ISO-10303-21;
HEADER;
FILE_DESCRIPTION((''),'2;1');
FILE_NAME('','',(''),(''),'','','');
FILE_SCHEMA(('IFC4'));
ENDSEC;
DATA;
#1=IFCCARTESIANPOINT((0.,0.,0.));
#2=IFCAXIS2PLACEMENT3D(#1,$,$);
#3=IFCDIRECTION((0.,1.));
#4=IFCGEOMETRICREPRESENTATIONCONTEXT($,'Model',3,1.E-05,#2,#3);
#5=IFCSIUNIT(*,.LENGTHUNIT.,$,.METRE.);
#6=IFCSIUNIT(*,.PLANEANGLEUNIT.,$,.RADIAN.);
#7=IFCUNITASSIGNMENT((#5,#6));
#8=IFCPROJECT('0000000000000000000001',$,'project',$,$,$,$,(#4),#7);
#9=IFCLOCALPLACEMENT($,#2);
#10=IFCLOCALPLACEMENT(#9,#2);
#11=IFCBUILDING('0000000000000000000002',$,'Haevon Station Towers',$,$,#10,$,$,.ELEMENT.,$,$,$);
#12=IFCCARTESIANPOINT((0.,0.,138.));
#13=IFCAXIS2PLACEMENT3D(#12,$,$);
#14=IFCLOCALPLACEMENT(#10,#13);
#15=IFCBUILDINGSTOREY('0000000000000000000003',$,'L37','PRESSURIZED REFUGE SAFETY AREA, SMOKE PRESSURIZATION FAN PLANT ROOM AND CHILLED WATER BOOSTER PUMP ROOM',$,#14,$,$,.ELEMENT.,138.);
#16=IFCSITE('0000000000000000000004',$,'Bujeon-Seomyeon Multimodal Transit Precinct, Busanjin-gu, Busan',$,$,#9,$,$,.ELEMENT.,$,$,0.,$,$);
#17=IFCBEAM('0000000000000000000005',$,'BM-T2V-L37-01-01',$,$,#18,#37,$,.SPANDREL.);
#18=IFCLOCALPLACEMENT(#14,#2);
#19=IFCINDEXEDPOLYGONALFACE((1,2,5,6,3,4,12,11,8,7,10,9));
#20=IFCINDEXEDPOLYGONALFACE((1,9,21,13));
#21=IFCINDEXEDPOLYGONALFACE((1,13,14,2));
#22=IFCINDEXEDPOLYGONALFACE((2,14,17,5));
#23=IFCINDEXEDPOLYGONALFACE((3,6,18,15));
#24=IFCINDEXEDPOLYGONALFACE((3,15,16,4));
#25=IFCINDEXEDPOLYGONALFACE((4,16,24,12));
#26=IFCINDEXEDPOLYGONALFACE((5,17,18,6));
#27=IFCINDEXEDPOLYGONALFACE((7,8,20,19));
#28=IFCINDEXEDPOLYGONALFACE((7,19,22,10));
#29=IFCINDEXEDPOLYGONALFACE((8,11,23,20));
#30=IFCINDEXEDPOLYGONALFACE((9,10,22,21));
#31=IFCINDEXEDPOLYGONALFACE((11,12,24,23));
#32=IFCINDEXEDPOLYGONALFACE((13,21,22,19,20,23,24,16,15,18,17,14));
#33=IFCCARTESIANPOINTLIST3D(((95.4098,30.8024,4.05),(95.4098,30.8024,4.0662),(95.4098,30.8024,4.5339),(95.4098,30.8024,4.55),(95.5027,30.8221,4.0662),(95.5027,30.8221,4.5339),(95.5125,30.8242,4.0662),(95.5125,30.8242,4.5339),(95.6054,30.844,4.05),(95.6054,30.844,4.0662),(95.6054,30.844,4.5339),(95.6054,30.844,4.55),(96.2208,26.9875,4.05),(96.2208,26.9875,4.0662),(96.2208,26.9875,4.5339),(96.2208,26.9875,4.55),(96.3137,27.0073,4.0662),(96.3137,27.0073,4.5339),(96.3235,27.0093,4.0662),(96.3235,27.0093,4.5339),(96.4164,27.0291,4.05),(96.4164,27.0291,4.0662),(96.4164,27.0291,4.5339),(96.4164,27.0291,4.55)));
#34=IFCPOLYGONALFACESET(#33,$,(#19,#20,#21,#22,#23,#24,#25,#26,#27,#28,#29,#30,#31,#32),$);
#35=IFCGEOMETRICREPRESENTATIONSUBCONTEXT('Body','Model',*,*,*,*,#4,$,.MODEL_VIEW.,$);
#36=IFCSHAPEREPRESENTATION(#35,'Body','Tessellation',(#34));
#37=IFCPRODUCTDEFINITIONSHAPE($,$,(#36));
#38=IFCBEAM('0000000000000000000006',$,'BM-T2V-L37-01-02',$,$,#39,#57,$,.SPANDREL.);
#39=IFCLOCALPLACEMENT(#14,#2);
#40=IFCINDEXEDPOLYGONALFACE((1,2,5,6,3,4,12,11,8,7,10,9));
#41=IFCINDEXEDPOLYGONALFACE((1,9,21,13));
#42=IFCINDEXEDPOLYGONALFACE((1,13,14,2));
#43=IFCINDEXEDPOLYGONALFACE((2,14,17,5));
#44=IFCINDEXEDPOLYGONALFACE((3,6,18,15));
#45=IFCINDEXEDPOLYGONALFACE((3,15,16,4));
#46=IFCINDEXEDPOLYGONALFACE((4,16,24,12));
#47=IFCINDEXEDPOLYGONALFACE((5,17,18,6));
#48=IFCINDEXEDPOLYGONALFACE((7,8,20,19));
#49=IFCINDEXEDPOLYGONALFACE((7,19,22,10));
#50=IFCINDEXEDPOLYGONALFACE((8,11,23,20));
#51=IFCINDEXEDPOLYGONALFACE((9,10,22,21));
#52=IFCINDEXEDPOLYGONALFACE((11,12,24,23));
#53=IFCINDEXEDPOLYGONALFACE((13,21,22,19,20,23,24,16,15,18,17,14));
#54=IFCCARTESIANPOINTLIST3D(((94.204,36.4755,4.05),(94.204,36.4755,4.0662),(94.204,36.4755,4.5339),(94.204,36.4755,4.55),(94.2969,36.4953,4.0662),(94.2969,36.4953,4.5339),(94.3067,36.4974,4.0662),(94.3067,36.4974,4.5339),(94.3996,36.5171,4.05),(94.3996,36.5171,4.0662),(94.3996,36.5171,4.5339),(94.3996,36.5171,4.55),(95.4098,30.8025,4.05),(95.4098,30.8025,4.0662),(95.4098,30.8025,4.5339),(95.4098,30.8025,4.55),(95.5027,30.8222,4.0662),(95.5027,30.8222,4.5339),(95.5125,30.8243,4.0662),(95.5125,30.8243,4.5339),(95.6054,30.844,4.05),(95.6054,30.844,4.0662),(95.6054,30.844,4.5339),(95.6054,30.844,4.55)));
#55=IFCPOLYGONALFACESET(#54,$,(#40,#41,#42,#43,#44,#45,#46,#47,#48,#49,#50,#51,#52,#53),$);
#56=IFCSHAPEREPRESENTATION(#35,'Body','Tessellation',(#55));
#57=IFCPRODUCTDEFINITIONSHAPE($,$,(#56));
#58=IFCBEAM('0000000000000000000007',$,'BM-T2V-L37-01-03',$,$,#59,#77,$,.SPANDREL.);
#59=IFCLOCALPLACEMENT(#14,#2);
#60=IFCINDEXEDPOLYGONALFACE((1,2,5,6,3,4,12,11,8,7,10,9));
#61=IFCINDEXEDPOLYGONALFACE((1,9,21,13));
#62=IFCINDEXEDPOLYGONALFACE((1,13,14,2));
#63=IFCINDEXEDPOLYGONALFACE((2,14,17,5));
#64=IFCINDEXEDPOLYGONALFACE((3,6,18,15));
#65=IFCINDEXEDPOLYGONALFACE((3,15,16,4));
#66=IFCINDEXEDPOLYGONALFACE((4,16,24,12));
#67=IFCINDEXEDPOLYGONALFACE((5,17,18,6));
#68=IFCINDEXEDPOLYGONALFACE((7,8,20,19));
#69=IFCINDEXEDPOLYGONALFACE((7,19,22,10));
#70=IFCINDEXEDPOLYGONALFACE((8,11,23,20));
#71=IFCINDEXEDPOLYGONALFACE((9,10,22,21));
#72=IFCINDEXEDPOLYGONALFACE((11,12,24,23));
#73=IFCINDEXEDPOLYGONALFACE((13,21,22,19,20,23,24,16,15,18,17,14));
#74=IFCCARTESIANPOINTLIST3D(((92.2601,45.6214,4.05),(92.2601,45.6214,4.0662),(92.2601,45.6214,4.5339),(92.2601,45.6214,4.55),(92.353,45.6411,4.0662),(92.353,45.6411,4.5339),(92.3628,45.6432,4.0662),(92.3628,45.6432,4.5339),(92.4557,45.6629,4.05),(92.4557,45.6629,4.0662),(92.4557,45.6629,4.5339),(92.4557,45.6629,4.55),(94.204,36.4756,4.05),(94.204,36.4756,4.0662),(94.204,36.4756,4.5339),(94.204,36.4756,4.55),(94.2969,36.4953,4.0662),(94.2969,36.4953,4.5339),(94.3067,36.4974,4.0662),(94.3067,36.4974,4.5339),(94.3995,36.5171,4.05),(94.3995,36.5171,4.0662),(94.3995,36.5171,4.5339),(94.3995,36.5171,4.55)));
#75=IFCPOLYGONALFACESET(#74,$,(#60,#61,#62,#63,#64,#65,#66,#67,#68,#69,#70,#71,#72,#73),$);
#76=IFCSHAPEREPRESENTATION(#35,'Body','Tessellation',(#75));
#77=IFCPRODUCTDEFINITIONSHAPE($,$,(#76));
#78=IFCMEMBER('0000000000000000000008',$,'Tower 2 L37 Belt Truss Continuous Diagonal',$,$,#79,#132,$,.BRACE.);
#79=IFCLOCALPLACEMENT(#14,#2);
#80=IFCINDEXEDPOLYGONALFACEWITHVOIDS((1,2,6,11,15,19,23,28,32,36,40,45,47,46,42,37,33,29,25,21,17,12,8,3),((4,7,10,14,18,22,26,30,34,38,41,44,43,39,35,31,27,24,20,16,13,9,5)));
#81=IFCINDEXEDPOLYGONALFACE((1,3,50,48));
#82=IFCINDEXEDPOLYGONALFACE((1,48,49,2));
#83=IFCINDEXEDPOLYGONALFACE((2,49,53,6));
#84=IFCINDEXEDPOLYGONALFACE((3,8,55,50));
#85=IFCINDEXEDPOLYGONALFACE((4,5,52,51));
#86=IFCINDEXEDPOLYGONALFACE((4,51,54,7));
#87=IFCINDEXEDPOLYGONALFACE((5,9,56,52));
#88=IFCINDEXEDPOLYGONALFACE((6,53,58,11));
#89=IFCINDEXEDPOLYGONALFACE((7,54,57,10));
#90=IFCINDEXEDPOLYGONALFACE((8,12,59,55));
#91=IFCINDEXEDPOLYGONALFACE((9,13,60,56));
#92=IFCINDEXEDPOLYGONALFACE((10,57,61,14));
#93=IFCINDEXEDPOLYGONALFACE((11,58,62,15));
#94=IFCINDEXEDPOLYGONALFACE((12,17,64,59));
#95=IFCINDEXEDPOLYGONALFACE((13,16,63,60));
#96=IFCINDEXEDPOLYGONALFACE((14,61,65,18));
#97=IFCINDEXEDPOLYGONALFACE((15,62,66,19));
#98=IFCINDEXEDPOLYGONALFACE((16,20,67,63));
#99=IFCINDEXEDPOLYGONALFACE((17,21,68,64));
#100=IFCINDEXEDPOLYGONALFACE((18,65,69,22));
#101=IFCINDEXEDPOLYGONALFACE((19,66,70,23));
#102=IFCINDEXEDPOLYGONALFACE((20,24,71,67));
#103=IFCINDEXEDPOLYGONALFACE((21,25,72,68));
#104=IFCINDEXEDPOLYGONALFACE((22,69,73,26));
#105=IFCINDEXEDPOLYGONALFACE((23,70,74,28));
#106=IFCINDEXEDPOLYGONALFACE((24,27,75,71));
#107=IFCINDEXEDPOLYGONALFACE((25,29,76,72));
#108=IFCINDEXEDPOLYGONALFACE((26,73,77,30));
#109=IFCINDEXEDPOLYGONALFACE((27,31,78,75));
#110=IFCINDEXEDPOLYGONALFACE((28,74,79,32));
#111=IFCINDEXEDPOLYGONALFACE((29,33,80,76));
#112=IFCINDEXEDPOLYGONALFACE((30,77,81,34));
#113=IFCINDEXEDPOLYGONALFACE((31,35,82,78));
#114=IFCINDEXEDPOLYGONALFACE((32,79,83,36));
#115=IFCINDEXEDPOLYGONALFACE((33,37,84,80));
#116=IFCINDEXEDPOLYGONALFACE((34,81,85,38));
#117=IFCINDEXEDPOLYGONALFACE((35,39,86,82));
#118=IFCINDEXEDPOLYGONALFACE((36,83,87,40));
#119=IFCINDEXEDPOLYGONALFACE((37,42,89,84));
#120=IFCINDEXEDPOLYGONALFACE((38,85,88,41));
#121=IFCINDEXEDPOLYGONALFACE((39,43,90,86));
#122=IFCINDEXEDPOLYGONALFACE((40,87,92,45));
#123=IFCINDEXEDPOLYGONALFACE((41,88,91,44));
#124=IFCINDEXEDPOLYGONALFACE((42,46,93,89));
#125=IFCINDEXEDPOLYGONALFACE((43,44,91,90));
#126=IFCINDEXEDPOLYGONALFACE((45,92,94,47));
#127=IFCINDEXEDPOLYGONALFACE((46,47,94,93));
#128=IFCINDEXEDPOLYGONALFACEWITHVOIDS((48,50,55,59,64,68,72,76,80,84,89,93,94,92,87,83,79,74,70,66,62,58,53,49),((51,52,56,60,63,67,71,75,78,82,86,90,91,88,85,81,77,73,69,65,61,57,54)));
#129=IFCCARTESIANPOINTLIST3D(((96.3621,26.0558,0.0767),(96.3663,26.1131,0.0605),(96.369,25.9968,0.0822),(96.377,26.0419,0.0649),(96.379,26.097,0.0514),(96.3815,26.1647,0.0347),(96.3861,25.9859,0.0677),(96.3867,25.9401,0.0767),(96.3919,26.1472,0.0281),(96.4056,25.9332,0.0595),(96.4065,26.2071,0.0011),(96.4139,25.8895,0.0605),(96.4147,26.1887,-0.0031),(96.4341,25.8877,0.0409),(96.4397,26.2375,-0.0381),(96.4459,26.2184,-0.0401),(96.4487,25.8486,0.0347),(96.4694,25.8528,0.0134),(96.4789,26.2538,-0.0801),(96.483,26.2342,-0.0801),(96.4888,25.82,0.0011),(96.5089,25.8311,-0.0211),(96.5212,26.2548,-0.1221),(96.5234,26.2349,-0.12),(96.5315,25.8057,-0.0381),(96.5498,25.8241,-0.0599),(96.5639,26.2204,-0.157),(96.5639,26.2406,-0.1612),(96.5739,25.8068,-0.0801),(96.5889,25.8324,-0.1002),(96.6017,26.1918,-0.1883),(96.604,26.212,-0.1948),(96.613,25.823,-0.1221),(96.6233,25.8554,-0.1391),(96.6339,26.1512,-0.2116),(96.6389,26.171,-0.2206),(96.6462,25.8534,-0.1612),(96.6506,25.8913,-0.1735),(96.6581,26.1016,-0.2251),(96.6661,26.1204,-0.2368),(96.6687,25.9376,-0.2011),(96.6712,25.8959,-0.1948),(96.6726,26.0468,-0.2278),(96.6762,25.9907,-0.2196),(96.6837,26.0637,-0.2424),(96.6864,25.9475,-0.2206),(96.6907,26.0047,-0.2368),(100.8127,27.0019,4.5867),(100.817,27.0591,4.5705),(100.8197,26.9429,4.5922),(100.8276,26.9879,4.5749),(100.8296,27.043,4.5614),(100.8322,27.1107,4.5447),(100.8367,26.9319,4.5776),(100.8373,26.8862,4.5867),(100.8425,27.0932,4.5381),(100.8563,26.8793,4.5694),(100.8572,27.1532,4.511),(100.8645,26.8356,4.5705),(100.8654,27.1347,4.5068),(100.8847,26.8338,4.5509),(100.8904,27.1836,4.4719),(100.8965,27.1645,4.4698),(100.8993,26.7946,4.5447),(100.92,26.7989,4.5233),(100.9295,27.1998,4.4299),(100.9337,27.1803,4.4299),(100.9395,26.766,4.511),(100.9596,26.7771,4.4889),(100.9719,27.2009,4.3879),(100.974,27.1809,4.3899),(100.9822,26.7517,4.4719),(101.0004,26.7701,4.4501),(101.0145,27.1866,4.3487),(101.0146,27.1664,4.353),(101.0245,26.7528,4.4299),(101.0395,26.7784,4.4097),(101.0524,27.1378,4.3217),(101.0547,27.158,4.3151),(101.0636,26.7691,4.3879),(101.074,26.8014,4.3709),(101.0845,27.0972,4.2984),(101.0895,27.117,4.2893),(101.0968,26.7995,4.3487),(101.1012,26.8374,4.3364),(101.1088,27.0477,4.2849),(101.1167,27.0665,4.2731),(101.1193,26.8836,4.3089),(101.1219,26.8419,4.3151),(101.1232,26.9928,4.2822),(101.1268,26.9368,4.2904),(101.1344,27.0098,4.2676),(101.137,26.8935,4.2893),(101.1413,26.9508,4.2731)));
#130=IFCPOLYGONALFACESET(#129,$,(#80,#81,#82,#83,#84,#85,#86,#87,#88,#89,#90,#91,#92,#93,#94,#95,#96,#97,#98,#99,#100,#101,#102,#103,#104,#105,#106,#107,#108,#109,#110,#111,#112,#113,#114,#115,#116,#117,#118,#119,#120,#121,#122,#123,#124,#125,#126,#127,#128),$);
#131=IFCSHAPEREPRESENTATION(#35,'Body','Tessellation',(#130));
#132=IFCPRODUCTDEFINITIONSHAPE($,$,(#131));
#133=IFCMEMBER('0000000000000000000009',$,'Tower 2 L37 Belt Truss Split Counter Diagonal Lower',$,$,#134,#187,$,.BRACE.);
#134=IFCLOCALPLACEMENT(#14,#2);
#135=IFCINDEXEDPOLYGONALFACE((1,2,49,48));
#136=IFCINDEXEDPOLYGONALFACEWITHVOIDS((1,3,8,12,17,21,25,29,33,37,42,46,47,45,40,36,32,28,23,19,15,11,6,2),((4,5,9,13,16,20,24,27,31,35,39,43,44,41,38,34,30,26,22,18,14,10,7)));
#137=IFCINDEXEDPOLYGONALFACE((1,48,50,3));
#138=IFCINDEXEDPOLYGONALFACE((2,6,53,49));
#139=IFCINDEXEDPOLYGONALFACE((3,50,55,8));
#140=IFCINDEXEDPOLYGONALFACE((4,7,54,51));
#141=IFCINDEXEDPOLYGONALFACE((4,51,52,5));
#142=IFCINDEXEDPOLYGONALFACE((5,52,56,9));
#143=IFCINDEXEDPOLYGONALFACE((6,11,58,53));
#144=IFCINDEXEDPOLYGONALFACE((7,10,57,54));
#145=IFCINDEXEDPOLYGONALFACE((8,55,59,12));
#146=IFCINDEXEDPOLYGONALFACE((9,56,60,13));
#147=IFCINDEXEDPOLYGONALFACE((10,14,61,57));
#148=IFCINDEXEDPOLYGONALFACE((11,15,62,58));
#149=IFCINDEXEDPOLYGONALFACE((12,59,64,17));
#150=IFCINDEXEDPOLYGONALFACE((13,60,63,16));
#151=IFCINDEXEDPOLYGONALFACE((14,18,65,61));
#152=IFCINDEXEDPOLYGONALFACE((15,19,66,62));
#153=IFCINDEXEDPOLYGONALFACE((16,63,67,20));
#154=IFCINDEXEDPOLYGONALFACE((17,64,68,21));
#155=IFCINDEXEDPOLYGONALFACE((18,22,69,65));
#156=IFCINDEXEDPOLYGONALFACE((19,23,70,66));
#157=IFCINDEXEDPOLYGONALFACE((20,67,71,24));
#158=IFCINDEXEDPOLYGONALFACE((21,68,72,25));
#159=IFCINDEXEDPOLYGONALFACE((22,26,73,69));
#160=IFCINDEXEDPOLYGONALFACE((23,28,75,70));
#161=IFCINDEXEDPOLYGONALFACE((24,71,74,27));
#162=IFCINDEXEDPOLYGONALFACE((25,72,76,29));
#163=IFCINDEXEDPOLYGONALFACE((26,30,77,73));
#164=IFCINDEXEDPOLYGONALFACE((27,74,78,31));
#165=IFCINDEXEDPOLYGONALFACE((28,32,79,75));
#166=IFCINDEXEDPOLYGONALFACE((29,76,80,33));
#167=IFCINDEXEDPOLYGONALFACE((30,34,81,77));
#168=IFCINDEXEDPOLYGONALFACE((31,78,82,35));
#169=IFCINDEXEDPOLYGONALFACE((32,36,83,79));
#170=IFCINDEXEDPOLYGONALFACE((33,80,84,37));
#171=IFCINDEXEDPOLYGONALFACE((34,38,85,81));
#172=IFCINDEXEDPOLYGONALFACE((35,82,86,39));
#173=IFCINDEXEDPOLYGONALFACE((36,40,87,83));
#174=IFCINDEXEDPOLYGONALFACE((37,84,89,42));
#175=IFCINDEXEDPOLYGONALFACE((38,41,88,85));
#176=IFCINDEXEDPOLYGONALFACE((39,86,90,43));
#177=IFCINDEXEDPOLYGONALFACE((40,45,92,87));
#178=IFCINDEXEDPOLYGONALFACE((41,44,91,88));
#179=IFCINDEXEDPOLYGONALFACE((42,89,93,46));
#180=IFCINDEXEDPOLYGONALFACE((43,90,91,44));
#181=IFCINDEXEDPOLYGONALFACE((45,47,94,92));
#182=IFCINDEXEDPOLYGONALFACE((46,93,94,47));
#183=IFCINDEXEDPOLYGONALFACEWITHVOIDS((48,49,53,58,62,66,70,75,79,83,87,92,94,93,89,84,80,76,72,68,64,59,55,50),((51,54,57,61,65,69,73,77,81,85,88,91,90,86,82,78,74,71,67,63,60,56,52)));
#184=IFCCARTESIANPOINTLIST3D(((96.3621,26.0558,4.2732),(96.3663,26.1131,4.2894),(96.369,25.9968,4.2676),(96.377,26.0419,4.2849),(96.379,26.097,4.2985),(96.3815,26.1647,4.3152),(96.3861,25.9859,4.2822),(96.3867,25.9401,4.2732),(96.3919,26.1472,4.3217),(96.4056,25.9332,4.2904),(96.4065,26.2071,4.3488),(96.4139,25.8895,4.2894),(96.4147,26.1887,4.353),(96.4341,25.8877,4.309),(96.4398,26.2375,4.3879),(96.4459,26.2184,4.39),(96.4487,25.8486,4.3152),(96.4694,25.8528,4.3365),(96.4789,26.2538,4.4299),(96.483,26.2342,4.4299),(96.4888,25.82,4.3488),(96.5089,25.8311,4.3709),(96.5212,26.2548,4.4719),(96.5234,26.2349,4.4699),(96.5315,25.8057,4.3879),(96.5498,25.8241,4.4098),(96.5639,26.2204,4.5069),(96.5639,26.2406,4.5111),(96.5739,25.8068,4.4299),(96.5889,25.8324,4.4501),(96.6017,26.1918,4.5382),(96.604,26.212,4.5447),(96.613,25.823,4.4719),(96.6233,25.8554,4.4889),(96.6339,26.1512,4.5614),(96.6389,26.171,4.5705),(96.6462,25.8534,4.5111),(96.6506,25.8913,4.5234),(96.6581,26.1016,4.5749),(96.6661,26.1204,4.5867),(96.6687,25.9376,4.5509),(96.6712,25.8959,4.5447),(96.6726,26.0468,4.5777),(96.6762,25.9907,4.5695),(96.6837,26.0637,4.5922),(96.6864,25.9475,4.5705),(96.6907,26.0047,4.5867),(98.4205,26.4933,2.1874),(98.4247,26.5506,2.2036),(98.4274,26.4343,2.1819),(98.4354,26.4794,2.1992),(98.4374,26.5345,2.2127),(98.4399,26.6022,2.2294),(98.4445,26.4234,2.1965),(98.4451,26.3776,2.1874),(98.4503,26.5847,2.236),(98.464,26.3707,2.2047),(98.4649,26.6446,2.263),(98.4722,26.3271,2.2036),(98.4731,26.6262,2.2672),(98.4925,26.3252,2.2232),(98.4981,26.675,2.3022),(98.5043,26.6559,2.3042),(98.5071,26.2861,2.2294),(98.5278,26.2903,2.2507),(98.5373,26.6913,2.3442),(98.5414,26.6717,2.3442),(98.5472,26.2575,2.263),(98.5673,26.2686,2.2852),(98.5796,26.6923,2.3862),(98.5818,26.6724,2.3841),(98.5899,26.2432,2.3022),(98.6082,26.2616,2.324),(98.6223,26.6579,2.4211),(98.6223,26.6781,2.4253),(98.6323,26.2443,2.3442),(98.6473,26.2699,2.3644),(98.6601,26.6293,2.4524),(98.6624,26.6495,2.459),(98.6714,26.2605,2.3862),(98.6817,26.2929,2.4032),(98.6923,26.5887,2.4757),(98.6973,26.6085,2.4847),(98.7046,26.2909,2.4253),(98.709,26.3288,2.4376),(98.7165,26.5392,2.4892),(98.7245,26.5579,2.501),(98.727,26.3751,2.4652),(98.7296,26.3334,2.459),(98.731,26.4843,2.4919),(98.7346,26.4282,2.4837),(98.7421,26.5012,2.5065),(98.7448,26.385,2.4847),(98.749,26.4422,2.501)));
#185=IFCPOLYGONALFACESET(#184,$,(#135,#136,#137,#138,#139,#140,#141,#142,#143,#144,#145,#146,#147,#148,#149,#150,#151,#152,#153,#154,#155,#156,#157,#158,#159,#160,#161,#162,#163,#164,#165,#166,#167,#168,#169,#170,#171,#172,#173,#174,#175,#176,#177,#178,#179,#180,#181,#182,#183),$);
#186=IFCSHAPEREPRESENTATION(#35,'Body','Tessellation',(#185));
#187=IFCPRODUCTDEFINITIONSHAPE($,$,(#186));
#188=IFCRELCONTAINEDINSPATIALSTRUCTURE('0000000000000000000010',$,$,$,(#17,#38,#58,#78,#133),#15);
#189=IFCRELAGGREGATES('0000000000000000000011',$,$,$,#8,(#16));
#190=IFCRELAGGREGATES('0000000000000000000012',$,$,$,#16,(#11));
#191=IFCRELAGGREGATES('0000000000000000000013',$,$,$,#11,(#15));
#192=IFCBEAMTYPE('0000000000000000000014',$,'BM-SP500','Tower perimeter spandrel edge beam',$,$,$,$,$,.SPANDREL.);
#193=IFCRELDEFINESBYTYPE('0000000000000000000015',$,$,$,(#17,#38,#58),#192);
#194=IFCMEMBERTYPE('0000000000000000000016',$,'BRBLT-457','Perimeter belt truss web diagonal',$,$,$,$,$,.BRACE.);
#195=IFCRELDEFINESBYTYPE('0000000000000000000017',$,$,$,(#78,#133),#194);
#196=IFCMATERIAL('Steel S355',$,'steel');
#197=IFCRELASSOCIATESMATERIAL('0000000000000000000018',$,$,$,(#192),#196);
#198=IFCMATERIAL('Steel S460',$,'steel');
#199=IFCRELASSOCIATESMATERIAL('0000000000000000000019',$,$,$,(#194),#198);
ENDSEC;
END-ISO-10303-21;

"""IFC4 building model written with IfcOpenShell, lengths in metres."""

from ifc_helpers import new_model, si_unit, direction, frame, origin, origin_2d, place, context, subcontext, project, spatial, hollow_circle, i_section, extrude, material, material_profile, profile_set, type_object, element, save


model = new_model("IFC4")

# Units and contexts
model_context = context("Model", 3, precision=1e-05, world=origin(), true_north=direction((0.0, 1.0)))
body_context = subcontext(model_context, "Body", "Model", "MODEL_VIEW")
ifc_project = project(units=[si_unit("LENGTHUNIT", "METRE"), si_unit("PLANEANGLEUNIT", "RADIAN")], contexts=[model_context])

# Site, building, storey
site_placement = place(None, origin())
site = spatial("IfcSite", under=ifc_project, at=site_placement, Name="Bujeon-Seomyeon Multimodal Transit Precinct, Busanjin-gu, Busan", CompositionType="ELEMENT", RefElevation=0.0)
building_placement = place(site_placement, origin())
building = spatial("IfcBuilding", under=site, at=building_placement, Name="Haevon Station Towers", CompositionType="ELEMENT")
storey_placement = place(building_placement, frame((0.0, 0.0, 138.0)))
storey = spatial("IfcBuildingStorey", under=building, at=storey_placement, Name="L37", Description="PRESSURIZED REFUGE SAFETY AREA, SMOKE PRESSURIZATION FAN PLANT ROOM AND CHILLED WATER BOOSTER PUMP ROOM", CompositionType="ELEMENT", Elevation=138.0)

# Shared definitions
ifc_material_1 = material(Name="Steel S460", Category="steel")

# Beams
ifc_material_2 = material(Name="Steel S355", Category="steel")
ifc_material_profile_1 = material_profile(ifc_material_2, i_section(OverallWidth=0.2, OverallDepth=0.5, WebThickness=0.01, FlangeThickness=0.0161, at=origin_2d()), Name="H-500x200x10x16")
ifc_profile_set_1 = profile_set([ifc_material_profile_1], Name="Steel S355")
beam_type_1 = type_object("IfcBeamType", Name="BM-SP500", Description="Tower perimeter spandrel edge beam", PredefinedType="SPANDREL", material=ifc_profile_set_1)
beam_1_placement = place(storey_placement, frame((96.3186, 27.0083, 4.3), z_axis=(-0.207947, 0.97814, 0.0), x_axis=(-0.97814, -0.207947, 0.0)))
element("IfcBeam", 1, at=beam_1_placement, inside=storey, type_object=beam_type_1, Name="BM-T2V-L37-01-01", PredefinedType="SPANDREL", context=body_context, shape_type="SweptSolid", body=[
    extrude(i_section(OverallWidth=0.2, OverallDepth=0.5, WebThickness=0.01, FlangeThickness=0.0161, at=origin_2d()), origin(), (0.0, 0.0, 1.0), 3.9001),
])
beam_2_placement = place(storey_placement, frame((95.5076, 30.8232, 4.3), z_axis=(-0.207905, 0.978149, 0.0), x_axis=(-0.978149, -0.207905, 0.0)))
element("IfcBeam", 2, at=beam_2_placement, inside=storey, type_object=beam_type_1, Name="BM-T2V-L37-01-02", PredefinedType="SPANDREL", context=body_context, shape_type="SweptSolid", body=[
    extrude(i_section(OverallWidth=0.2, OverallDepth=0.5, WebThickness=0.01, FlangeThickness=0.0161, at=origin_2d()), origin(), (0.0, 0.0, 1.0), 5.7998),
])
beam_3_placement = place(storey_placement, frame((94.3018, 36.4963, 4.3), z_axis=(-0.207897, 0.978151, 0.0), x_axis=(-0.978151, -0.207897, 0.0)))
element("IfcBeam", 3, at=beam_3_placement, inside=storey, type_object=beam_type_1, Name="BM-T2V-L37-01-03", PredefinedType="SPANDREL", context=body_context, shape_type="SweptSolid", body=[
    extrude(i_section(OverallWidth=0.2, OverallDepth=0.5, WebThickness=0.01, FlangeThickness=0.0161, at=origin_2d()), origin(), (0.0, 0.0, 1.0), 9.3501),
])

# Members
ifc_material_profile_2 = material_profile(ifc_material_1, hollow_circle(Radius=0.2285, WallThickness=0.02, at=origin_2d()), Name="CHS-457x20")
ifc_profile_set_2 = profile_set([ifc_material_profile_2], Name="Steel S460")
member_type_1 = type_object("IfcMemberType", Name="BRBLT-457", Description="Perimeter belt truss web diagonal", PredefinedType="BRACE", material=ifc_profile_set_2)
member_1_placement = place(storey_placement, frame((96.5264, 26.0303, -0.0801), z_axis=(0.694709, 0.147669, 0.703969), x_axis=(-0.207917, 0.978147, 0.0)))
element("IfcMember", 4, at=member_1_placement, inside=storey, type_object=member_type_1, Name="Tower 2 L37 Belt Truss Continuous Diagonal", PredefinedType="BRACE", context=body_context, shape_type="SweptSolid", body=[
    extrude(hollow_circle(Radius=0.2285, WallThickness=0.02, at=origin_2d()), origin(), (0.0, 0.0, 1.0), 6.4065),
])
member_2_placement = place(storey_placement, frame((96.5264, 26.0303, 4.4299), z_axis=(0.694726, 0.147663, -0.703955), x_axis=(-0.207905, 0.978149, 0.0)))
element("IfcMember", 5, at=member_2_placement, inside=storey, type_object=member_type_1, Name="Tower 2 L37 Belt Truss Split Counter Diagonal Lower", PredefinedType="BRACE", context=body_context, shape_type="SweptSolid", body=[
    extrude(hollow_circle(Radius=0.2285, WallThickness=0.02, at=origin_2d()), origin(), (0.0, 0.0, 1.0), 2.9629),
])

save(model, "model.ifc")
